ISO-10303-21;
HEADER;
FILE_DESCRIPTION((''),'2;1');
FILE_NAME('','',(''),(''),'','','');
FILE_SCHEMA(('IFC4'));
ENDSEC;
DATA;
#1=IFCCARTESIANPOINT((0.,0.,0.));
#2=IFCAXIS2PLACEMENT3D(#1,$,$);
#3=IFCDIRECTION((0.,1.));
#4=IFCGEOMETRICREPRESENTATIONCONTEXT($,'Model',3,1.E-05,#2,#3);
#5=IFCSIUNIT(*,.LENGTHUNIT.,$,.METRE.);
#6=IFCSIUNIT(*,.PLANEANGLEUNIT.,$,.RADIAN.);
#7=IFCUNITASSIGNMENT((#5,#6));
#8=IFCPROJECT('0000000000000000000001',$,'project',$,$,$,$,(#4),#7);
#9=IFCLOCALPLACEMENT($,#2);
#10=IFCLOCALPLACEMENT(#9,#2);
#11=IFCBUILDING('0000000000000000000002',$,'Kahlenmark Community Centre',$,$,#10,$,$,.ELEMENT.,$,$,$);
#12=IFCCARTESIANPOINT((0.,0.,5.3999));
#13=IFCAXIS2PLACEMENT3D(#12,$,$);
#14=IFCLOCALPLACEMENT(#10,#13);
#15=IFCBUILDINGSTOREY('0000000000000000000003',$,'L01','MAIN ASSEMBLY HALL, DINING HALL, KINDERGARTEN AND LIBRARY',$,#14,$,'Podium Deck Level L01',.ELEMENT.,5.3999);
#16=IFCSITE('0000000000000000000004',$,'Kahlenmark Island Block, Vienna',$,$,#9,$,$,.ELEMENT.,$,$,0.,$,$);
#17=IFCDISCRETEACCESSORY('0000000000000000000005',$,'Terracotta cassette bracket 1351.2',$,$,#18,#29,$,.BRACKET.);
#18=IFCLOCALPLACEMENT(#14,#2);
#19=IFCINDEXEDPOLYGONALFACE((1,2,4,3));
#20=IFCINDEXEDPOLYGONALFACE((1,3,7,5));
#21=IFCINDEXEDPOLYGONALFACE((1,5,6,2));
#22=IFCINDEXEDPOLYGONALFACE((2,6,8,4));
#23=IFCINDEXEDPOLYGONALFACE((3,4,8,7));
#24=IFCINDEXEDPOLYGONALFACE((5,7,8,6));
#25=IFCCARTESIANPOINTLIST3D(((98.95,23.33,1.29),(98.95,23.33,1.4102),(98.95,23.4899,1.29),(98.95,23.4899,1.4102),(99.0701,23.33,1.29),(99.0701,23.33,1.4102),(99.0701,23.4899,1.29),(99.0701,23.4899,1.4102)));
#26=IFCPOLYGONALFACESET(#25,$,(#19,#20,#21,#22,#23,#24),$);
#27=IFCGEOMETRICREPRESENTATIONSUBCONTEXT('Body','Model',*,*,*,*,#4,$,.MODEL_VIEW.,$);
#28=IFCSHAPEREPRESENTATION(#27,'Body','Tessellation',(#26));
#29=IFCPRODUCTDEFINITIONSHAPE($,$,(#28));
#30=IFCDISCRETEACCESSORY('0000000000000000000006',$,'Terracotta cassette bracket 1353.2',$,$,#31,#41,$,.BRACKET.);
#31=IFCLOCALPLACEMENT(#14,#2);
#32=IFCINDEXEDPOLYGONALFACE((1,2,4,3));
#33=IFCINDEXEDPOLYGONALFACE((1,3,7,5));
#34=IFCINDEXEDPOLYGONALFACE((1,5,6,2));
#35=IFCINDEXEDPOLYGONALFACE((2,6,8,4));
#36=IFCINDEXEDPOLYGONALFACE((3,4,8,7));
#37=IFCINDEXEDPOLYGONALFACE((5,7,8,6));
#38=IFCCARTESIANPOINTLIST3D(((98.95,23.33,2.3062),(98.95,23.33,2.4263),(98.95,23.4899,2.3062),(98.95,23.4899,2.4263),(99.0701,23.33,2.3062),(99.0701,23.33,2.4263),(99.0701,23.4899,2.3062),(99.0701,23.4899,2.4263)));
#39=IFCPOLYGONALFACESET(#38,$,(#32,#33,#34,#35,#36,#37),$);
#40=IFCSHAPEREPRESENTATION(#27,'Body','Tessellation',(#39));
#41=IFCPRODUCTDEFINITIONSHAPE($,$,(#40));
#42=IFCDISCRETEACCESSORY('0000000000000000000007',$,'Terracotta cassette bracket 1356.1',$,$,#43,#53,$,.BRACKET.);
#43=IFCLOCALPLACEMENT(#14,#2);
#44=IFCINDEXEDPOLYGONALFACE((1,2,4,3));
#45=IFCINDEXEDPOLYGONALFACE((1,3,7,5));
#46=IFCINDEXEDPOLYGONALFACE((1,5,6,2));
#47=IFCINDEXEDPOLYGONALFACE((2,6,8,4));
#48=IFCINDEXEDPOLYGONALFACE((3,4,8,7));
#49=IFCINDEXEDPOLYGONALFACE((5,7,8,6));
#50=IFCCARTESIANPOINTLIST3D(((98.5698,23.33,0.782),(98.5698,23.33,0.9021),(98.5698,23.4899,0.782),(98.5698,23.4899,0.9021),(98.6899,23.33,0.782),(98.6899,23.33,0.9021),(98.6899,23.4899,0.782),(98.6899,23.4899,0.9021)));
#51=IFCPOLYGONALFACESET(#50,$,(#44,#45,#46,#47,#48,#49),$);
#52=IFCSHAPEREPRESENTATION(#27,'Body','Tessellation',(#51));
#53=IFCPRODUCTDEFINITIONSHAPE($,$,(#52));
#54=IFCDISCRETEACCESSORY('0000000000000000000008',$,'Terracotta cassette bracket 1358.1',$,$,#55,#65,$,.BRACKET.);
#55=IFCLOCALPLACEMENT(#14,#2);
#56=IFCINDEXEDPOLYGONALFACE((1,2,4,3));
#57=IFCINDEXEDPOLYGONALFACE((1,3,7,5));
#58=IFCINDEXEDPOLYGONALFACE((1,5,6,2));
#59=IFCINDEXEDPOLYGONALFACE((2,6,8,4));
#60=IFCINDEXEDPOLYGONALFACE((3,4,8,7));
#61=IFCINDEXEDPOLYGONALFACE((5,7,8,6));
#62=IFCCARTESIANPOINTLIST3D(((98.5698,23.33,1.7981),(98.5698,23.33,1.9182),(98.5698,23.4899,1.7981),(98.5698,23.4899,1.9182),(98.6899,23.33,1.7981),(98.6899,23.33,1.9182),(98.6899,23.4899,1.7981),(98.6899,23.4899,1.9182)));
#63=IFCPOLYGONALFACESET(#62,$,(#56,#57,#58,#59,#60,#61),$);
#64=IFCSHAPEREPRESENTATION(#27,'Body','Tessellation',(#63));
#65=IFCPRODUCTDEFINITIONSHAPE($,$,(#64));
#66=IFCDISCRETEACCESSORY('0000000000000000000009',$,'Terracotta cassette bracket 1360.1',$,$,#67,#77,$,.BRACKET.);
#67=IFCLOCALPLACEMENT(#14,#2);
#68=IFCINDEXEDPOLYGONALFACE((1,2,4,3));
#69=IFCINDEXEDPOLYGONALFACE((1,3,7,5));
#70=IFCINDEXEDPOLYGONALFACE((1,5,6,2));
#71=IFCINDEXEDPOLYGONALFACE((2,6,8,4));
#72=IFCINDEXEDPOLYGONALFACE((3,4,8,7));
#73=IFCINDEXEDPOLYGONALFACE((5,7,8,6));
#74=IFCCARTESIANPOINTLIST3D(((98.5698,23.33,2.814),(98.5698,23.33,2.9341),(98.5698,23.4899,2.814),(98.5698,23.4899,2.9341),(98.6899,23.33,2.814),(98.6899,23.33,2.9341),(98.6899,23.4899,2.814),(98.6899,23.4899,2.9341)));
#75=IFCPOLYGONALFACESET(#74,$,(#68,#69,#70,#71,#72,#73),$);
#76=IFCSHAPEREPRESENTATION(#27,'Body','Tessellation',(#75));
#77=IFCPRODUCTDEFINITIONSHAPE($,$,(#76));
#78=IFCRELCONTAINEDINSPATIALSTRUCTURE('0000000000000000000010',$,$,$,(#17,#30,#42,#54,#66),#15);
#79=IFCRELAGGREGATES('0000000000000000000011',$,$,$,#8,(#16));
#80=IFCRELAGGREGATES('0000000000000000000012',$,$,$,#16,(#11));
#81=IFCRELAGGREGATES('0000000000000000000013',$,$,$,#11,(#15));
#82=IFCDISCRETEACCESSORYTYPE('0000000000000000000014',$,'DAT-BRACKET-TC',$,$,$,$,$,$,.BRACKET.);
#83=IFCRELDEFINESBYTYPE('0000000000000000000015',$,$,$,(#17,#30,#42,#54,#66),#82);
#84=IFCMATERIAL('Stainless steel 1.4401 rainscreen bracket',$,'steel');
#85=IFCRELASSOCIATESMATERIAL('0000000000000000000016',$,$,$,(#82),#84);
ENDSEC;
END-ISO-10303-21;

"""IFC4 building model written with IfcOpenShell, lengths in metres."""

from ifc_helpers import new_model, si_unit, direction, frame, origin, origin_2d, place, context, subcontext, project, spatial, rectangle, extrude, material, type_object, element, save


model = new_model("IFC4")

# Units and contexts
model_context = context("Model", 3, precision=1e-05, world=origin(), true_north=direction((0.0, 1.0)))
body_context = subcontext(model_context, "Body", "Model", "MODEL_VIEW")
ifc_project = project(units=[si_unit("LENGTHUNIT", "METRE"), si_unit("PLANEANGLEUNIT", "RADIAN")], contexts=[model_context])

# Site, building, storey
site_placement = place(None, origin())
site = spatial("IfcSite", under=ifc_project, at=site_placement, Name="Kahlenmark Island Block, Vienna", CompositionType="ELEMENT", RefElevation=0.0)
building_placement = place(site_placement, origin())
building = spatial("IfcBuilding", under=site, at=building_placement, Name="Kahlenmark Community Centre", CompositionType="ELEMENT")
storey_placement = place(building_placement, frame((0.0, 0.0, 5.3999)))
storey = spatial("IfcBuildingStorey", under=building, at=storey_placement, Name="L01", Description="MAIN ASSEMBLY HALL, DINING HALL, KINDERGARTEN AND LIBRARY", LongName="Podium Deck Level L01", CompositionType="ELEMENT", Elevation=5.3999)

# Discrete accessories
ifc_material_1 = material(Name="Stainless steel 1.4401 rainscreen bracket", Category="steel")
discrete_accessory_type = type_object("IfcDiscreteAccessoryType", Name="DAT-BRACKET-TC", PredefinedType="BRACKET", material=ifc_material_1)
for number, where, z_axis, x_axis, name in (
    (1, (99.01, 23.4099, 1.29), (0.0, 0.0, 1.0), (-1.0, 0.0, 0.0), "Terracotta cassette bracket 1351.2"),
    (2, (99.01, 23.4099, 2.3062), (0.0, 0.0, 1.0), (-1.0, 0.0, 0.0), "Terracotta cassette bracket 1353.2"),
    (3, (98.6299, 23.4099, 0.782), (0.0, 0.0, 1.0), (-1.0, 0.0, 0.0), "Terracotta cassette bracket 1356.1"),
    (4, (98.6299, 23.4099, 1.7981), (0.0, 0.0, 1.0), (-1.0, 0.0, 0.0), "Terracotta cassette bracket 1358.1"),
    (5, (98.6299, 23.4099, 2.814), (0.0, 0.0, 1.0), (-1.0, 0.0, 0.0), "Terracotta cassette bracket 1360.1"),
):
    element("IfcDiscreteAccessory", number, at=place(storey_placement, frame(where, z_axis=z_axis, x_axis=x_axis)), inside=storey, type_object=discrete_accessory_type, Name=name, PredefinedType="BRACKET", context=body_context, shape_type="SweptSolid", body=[
        extrude(rectangle(XDim=0.1201, YDim=0.1599, at=origin_2d()), origin(), (0.0, 0.0, 1.0), 0.1201),
    ])

save(model, "model.ifc")
